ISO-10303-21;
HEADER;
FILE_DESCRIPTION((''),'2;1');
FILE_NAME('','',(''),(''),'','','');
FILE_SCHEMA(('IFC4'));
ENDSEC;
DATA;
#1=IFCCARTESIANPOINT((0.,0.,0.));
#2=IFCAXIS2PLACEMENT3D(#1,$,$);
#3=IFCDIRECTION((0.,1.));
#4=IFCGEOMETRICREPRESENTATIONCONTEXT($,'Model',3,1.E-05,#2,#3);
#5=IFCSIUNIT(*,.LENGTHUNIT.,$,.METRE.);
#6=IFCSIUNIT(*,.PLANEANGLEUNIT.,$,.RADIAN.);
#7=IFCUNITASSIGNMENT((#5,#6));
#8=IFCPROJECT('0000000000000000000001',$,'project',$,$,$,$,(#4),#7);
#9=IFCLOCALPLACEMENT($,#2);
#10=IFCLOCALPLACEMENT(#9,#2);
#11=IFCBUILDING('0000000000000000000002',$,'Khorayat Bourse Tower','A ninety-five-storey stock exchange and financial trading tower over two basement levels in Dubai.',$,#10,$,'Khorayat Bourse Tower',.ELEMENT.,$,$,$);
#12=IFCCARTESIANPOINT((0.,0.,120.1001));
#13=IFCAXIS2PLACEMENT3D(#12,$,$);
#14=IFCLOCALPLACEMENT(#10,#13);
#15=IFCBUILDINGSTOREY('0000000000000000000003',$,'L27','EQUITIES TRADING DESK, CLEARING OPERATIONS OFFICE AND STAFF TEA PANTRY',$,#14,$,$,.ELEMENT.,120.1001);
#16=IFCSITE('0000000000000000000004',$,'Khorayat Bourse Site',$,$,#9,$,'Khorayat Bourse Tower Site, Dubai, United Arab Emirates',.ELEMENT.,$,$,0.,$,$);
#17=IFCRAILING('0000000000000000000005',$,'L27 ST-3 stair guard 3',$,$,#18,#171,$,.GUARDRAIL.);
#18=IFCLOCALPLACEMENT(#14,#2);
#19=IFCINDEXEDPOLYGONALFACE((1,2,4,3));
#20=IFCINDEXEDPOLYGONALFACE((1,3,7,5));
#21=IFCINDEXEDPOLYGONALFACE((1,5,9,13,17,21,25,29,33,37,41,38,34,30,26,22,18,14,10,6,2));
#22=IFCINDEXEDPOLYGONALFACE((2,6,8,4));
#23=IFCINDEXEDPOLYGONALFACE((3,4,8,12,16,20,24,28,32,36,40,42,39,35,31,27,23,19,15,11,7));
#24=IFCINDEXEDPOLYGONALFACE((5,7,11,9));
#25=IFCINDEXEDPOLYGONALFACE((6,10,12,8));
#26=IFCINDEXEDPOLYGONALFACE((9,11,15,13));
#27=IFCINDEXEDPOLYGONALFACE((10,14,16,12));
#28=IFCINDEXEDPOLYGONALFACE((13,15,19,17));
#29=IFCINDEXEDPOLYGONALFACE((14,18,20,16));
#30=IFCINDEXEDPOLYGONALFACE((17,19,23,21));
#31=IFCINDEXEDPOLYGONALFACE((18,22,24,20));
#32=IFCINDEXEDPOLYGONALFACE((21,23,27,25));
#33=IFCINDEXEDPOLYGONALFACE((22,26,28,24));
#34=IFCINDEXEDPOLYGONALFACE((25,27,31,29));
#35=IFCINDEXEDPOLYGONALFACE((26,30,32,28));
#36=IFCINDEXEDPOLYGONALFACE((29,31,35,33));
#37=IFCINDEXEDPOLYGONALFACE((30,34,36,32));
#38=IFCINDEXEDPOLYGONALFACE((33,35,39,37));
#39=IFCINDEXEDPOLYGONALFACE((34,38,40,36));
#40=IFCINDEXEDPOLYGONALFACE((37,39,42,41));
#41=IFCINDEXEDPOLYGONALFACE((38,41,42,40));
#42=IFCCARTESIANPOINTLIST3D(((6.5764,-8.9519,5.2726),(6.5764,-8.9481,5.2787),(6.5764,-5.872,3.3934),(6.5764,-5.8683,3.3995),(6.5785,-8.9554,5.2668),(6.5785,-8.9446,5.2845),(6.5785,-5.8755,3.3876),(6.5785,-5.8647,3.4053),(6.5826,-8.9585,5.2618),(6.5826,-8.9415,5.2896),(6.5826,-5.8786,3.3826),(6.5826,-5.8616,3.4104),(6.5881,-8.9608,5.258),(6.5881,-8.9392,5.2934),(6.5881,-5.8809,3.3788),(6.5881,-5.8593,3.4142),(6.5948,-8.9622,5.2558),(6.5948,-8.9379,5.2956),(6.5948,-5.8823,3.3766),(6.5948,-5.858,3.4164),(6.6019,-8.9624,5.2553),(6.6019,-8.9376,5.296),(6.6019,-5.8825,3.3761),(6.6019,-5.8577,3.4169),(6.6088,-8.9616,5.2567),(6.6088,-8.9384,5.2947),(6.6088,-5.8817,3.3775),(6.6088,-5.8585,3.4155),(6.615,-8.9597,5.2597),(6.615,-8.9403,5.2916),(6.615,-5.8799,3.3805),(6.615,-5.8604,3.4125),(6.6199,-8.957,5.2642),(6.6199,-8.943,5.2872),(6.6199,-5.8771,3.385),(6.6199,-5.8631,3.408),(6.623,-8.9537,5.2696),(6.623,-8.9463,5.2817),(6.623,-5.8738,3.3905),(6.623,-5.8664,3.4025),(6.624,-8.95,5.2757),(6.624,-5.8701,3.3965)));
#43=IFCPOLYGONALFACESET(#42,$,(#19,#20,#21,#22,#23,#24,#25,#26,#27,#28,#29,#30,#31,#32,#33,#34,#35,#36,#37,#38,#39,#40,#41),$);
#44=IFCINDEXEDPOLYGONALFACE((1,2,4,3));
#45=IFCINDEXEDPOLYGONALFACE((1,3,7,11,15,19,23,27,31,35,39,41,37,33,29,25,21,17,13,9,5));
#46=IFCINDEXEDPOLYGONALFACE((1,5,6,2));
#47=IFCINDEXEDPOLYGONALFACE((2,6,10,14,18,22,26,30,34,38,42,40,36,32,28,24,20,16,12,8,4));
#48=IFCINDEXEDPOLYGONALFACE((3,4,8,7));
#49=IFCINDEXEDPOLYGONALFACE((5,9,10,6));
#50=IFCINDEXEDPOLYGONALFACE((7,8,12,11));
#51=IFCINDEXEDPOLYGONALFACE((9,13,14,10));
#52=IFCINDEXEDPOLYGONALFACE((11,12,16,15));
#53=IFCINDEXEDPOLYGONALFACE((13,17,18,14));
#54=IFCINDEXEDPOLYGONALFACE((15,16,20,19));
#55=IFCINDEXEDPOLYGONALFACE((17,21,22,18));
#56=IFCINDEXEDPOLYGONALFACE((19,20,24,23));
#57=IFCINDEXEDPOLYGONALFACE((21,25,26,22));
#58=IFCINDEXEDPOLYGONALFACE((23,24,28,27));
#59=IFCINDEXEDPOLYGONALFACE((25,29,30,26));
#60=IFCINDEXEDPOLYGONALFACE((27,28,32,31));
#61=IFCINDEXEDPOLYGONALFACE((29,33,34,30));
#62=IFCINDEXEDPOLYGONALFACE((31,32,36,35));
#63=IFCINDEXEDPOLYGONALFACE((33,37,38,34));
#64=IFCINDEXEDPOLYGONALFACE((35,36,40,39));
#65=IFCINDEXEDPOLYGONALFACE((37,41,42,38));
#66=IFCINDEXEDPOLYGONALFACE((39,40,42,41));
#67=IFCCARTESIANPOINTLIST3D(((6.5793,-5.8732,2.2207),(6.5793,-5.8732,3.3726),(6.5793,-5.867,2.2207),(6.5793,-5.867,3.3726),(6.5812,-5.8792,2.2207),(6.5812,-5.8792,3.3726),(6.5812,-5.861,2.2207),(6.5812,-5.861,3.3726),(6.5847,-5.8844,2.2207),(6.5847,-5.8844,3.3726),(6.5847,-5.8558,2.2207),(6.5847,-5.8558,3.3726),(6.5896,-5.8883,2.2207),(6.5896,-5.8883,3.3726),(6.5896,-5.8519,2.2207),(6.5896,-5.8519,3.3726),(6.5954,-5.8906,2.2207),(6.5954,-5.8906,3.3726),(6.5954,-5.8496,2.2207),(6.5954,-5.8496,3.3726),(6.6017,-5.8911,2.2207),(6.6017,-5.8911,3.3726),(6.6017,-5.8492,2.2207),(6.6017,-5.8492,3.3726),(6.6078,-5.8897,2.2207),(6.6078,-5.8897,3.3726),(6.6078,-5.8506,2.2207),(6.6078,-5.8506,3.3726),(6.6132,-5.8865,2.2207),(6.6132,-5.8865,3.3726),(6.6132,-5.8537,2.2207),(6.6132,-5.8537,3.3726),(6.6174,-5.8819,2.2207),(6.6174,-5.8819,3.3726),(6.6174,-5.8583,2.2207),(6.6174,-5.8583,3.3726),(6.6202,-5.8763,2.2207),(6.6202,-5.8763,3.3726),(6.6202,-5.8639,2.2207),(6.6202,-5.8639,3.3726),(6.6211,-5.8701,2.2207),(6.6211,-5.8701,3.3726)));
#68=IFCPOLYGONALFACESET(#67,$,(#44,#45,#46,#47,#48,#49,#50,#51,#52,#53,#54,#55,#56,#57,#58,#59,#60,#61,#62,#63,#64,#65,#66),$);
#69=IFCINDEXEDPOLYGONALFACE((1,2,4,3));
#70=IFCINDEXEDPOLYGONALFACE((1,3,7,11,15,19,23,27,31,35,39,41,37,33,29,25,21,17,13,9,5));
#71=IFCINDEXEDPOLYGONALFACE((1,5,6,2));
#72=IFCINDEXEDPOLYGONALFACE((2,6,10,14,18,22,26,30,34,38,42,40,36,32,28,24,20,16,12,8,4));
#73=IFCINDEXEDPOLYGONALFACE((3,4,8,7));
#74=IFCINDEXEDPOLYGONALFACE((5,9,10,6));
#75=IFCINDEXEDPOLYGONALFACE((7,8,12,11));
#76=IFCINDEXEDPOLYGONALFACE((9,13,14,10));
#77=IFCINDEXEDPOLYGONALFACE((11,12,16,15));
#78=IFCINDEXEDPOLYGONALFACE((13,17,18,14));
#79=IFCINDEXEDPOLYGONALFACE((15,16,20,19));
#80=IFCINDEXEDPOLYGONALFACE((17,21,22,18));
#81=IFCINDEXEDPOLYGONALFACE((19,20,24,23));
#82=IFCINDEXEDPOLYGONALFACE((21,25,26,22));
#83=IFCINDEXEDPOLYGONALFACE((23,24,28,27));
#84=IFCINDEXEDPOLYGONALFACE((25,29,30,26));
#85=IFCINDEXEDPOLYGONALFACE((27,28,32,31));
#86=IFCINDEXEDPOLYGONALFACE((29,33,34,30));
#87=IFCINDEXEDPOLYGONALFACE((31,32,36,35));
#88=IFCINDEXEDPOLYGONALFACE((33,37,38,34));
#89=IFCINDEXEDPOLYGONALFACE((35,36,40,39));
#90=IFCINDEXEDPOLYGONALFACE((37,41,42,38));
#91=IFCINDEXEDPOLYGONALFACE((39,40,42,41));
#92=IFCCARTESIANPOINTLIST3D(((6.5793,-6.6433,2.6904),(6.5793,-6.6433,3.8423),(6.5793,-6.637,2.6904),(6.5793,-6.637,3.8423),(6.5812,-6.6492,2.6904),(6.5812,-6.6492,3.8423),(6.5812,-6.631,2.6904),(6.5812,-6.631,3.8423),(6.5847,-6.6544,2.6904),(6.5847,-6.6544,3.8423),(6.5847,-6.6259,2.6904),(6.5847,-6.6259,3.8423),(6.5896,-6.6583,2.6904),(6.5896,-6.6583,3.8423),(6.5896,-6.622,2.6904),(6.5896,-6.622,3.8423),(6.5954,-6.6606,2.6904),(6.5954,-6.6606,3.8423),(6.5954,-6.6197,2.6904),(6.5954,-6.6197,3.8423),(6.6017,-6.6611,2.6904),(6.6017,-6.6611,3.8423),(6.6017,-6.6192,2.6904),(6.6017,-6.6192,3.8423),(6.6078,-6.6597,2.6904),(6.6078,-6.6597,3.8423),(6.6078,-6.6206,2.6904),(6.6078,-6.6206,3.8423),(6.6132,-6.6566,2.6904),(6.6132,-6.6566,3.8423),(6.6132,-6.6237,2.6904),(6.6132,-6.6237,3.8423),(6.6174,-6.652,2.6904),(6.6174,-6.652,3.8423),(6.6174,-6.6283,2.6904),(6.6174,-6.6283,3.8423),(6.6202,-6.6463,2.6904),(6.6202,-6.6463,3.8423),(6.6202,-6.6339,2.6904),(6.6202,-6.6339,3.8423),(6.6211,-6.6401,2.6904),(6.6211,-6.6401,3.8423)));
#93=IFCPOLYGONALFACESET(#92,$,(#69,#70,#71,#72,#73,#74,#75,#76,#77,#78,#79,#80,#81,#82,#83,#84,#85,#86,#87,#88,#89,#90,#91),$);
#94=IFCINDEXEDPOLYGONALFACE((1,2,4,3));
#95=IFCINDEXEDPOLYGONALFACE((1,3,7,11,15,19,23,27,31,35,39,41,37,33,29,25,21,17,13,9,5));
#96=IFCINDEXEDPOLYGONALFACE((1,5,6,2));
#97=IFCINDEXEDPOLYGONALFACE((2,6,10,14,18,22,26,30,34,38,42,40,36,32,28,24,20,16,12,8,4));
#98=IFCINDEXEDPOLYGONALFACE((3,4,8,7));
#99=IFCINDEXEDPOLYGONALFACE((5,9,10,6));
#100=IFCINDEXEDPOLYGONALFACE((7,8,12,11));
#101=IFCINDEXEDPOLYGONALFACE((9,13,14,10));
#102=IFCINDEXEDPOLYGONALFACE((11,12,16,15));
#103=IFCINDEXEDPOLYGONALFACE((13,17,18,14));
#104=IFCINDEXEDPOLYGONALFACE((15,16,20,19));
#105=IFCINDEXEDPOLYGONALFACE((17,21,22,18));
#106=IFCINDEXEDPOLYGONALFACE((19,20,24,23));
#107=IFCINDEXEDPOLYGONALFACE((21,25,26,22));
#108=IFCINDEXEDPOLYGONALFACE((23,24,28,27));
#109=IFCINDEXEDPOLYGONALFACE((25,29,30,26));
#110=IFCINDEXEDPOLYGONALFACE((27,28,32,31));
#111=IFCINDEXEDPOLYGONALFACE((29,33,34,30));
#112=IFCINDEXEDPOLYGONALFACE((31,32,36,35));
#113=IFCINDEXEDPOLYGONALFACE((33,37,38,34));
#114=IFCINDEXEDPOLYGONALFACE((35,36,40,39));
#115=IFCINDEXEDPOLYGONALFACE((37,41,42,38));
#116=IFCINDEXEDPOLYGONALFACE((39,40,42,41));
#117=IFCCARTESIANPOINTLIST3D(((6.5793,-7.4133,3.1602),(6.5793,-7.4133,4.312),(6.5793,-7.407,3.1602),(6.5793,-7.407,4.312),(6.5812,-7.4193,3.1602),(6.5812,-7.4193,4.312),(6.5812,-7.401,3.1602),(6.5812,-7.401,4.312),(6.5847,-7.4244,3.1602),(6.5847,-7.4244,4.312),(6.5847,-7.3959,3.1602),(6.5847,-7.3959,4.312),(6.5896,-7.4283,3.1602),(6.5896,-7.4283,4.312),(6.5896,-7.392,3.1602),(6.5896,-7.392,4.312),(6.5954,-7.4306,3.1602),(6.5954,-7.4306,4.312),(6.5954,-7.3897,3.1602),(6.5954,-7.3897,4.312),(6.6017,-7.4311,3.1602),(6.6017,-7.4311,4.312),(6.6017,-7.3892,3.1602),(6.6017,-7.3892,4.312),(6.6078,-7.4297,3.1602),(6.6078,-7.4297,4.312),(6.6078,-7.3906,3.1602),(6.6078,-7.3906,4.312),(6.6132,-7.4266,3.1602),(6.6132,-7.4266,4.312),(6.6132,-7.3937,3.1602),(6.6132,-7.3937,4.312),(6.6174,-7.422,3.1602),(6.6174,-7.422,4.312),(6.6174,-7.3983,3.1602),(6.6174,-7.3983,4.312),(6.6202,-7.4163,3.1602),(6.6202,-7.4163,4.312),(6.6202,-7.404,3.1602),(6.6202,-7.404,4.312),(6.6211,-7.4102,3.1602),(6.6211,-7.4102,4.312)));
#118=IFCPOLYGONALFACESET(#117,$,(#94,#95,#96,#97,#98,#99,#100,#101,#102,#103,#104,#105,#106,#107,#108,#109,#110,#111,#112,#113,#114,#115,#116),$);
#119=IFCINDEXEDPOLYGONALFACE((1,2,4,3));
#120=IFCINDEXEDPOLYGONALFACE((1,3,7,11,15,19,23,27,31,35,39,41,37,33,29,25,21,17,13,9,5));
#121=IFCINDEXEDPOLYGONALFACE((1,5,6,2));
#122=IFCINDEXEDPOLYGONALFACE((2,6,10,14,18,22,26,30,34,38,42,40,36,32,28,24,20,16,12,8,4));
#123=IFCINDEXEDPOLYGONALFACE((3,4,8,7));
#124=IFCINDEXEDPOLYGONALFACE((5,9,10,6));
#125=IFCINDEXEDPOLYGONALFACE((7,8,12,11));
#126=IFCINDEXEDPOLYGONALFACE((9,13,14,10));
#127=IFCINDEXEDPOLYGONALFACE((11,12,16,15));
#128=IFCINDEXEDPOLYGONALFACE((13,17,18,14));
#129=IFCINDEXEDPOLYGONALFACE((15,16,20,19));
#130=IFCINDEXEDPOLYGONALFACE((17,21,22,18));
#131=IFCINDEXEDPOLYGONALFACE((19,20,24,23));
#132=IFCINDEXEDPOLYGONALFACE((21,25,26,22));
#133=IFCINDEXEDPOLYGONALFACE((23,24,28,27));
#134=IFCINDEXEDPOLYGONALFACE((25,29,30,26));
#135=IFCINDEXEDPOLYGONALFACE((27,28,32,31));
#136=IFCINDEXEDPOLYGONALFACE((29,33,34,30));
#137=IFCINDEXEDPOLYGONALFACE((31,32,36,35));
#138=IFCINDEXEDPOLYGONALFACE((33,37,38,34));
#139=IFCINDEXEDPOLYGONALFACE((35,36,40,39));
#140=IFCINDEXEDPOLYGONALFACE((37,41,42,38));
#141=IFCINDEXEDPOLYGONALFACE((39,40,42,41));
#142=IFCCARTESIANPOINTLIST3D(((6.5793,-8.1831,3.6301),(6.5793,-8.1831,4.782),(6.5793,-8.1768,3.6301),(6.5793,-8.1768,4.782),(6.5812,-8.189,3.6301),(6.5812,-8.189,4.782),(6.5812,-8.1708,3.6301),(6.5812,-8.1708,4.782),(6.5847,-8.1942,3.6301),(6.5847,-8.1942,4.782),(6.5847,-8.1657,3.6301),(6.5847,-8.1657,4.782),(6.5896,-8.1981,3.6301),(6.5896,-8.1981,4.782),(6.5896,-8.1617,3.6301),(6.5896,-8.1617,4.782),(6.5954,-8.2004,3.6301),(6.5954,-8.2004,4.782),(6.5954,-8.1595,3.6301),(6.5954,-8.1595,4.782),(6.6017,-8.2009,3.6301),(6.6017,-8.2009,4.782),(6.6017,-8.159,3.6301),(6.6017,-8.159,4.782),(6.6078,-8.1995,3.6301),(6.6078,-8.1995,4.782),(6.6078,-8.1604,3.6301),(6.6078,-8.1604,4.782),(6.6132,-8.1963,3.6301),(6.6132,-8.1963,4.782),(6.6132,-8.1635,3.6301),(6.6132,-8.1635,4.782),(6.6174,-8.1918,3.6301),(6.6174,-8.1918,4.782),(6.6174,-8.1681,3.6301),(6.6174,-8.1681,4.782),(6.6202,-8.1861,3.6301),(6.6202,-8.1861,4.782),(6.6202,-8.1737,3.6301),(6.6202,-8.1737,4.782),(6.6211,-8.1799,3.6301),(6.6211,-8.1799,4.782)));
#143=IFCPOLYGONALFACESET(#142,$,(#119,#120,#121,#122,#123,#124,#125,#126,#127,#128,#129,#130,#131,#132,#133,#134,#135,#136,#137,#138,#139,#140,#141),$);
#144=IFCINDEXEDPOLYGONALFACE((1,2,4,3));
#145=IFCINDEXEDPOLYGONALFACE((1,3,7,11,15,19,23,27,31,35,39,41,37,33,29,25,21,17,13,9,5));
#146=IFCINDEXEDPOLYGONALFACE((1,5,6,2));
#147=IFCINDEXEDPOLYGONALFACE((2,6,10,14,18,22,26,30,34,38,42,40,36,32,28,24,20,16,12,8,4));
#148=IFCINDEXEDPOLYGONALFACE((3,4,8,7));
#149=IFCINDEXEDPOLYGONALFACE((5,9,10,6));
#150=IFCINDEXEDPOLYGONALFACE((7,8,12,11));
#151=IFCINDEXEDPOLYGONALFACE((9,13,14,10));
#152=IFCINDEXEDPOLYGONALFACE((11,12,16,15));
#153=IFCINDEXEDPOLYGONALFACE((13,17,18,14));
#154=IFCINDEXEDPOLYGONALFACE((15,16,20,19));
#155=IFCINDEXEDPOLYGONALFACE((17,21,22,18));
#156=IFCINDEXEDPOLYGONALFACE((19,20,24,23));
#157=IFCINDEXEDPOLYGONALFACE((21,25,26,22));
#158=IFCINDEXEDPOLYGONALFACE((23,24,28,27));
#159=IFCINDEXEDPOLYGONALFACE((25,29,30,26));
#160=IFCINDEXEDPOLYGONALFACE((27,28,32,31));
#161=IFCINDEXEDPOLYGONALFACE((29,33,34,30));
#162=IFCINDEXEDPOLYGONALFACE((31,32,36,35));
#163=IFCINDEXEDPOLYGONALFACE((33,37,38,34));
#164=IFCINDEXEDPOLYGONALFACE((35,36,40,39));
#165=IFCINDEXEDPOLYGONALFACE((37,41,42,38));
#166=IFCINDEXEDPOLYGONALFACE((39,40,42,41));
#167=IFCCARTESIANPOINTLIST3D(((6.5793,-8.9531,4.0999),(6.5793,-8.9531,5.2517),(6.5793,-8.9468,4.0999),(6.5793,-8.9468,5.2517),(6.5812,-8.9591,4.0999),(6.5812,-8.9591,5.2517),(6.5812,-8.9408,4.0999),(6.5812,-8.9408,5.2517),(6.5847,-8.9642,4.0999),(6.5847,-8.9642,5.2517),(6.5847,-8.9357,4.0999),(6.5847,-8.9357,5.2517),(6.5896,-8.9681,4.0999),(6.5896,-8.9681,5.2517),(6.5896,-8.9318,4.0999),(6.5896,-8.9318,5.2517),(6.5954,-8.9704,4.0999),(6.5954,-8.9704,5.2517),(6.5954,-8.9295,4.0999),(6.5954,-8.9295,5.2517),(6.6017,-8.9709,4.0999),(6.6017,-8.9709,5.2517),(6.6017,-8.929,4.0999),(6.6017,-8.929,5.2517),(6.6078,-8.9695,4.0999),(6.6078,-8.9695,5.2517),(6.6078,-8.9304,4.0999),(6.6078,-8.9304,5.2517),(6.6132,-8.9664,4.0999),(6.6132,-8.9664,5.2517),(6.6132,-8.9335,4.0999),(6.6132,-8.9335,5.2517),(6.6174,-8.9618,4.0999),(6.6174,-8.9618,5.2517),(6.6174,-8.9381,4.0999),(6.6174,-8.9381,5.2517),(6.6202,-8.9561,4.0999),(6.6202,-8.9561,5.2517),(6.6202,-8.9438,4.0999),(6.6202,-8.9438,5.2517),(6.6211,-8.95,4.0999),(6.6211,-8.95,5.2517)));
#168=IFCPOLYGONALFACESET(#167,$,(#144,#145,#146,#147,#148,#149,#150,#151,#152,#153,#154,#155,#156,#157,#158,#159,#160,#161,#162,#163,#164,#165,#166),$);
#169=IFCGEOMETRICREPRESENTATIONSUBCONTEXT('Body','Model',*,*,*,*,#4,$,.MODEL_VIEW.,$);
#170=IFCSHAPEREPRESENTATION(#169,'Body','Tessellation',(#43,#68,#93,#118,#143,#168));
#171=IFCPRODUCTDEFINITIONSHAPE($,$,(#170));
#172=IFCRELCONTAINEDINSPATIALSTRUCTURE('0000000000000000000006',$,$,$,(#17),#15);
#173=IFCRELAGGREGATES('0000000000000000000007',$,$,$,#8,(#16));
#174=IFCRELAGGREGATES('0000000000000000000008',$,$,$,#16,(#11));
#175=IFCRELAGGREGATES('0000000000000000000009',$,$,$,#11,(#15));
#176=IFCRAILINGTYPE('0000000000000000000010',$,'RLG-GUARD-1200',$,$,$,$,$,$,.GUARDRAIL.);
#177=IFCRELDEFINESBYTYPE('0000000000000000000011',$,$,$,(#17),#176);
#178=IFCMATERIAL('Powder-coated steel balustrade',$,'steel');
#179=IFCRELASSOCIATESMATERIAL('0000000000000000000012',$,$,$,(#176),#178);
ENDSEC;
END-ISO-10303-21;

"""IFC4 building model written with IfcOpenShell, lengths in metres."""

from ifc_helpers import new_model, si_unit, direction, frame, origin, origin_2d, place, context, subcontext, project, spatial, circle, extrude, source, transform, mapped, material, type_object, element, save


model = new_model("IFC4")

# Units and contexts
model_context = context("Model", 3, precision=1e-05, world=origin(), true_north=direction((0.0, 1.0)))
body_context = subcontext(model_context, "Body", "Model", "MODEL_VIEW")
ifc_project = project(units=[si_unit("LENGTHUNIT", "METRE"), si_unit("PLANEANGLEUNIT", "RADIAN")], contexts=[model_context])

# Site, building, storey
site_placement = place(None, origin())
site = spatial("IfcSite", under=ifc_project, at=site_placement, Name="Khorayat Bourse Site", LongName="Khorayat Bourse Tower Site, Dubai, United Arab Emirates", CompositionType="ELEMENT", RefElevation=0.0)
building_placement = place(site_placement, origin())
building = spatial("IfcBuilding", under=site, at=building_placement, Name="Khorayat Bourse Tower", Description="A ninety-five-storey stock exchange and financial trading tower over two basement levels in Dubai.", LongName="Khorayat Bourse Tower", CompositionType="ELEMENT")
storey_placement = place(building_placement, frame((0.0, 0.0, 120.1001)))
storey = spatial("IfcBuildingStorey", under=building, at=storey_placement, Name="L27", Description="EQUITIES TRADING DESK, CLEARING OPERATIONS OFFICE AND STAFF TEA PANTRY", CompositionType="ELEMENT", Elevation=120.1001)

# Railing
ifc_material_1 = material(Name="Powder-coated steel balustrade", Category="steel")
railing_type_1 = type_object("IfcRailingType", Name="RLG-GUARD-1200", PredefinedType="GUARDRAIL", material=ifc_material_1)
shared_shape_1 = source(origin(), body_context, "Body", "SweptSolid", [
    extrude(circle(Radius=0.0239, at=origin_2d()), frame((0.0, 0.0, 1.1758), z_axis=(0.0, -0.853648, 0.52085), x_axis=(1.0, 0.0, 0.0)), (0.0, 0.0, 1.0), 3.6079),
    extrude(circle(Radius=0.021, at=origin_2d()), origin(), (0.0, 0.0, 1.0), 1.1519),
    extrude(circle(Radius=0.021, at=origin_2d()), frame((0.0, -0.77, 0.4697)), (0.0, 0.0, 1.0), 1.1519),
    extrude(circle(Radius=0.021, at=origin_2d()), frame((0.0, -1.54, 0.9395)), (0.0, 0.0, 1.0), 1.1519),
    extrude(circle(Radius=0.021, at=origin_2d()), frame((0.0, -2.3098, 1.4094)), (0.0, 0.0, 1.0), 1.1519),
    extrude(circle(Radius=0.021, at=origin_2d()), frame((0.0, -3.0798, 1.8792)), (0.0, 0.0, 1.0), 1.1519),
])
railing_1_placement = place(storey_placement, frame((6.6001, -5.8701, 2.2207)))
element("IfcRailing", 1, at=railing_1_placement, inside=storey, type_object=railing_type_1, Name="L27 ST-3 stair guard 3", PredefinedType="GUARDRAIL", context=body_context, shape_type="MappedRepresentation", body=[
    mapped(shared_shape_1, transform((0.0, 0.0, 0.0), scale=1.0)),
])

save(model, "model.ifc")
